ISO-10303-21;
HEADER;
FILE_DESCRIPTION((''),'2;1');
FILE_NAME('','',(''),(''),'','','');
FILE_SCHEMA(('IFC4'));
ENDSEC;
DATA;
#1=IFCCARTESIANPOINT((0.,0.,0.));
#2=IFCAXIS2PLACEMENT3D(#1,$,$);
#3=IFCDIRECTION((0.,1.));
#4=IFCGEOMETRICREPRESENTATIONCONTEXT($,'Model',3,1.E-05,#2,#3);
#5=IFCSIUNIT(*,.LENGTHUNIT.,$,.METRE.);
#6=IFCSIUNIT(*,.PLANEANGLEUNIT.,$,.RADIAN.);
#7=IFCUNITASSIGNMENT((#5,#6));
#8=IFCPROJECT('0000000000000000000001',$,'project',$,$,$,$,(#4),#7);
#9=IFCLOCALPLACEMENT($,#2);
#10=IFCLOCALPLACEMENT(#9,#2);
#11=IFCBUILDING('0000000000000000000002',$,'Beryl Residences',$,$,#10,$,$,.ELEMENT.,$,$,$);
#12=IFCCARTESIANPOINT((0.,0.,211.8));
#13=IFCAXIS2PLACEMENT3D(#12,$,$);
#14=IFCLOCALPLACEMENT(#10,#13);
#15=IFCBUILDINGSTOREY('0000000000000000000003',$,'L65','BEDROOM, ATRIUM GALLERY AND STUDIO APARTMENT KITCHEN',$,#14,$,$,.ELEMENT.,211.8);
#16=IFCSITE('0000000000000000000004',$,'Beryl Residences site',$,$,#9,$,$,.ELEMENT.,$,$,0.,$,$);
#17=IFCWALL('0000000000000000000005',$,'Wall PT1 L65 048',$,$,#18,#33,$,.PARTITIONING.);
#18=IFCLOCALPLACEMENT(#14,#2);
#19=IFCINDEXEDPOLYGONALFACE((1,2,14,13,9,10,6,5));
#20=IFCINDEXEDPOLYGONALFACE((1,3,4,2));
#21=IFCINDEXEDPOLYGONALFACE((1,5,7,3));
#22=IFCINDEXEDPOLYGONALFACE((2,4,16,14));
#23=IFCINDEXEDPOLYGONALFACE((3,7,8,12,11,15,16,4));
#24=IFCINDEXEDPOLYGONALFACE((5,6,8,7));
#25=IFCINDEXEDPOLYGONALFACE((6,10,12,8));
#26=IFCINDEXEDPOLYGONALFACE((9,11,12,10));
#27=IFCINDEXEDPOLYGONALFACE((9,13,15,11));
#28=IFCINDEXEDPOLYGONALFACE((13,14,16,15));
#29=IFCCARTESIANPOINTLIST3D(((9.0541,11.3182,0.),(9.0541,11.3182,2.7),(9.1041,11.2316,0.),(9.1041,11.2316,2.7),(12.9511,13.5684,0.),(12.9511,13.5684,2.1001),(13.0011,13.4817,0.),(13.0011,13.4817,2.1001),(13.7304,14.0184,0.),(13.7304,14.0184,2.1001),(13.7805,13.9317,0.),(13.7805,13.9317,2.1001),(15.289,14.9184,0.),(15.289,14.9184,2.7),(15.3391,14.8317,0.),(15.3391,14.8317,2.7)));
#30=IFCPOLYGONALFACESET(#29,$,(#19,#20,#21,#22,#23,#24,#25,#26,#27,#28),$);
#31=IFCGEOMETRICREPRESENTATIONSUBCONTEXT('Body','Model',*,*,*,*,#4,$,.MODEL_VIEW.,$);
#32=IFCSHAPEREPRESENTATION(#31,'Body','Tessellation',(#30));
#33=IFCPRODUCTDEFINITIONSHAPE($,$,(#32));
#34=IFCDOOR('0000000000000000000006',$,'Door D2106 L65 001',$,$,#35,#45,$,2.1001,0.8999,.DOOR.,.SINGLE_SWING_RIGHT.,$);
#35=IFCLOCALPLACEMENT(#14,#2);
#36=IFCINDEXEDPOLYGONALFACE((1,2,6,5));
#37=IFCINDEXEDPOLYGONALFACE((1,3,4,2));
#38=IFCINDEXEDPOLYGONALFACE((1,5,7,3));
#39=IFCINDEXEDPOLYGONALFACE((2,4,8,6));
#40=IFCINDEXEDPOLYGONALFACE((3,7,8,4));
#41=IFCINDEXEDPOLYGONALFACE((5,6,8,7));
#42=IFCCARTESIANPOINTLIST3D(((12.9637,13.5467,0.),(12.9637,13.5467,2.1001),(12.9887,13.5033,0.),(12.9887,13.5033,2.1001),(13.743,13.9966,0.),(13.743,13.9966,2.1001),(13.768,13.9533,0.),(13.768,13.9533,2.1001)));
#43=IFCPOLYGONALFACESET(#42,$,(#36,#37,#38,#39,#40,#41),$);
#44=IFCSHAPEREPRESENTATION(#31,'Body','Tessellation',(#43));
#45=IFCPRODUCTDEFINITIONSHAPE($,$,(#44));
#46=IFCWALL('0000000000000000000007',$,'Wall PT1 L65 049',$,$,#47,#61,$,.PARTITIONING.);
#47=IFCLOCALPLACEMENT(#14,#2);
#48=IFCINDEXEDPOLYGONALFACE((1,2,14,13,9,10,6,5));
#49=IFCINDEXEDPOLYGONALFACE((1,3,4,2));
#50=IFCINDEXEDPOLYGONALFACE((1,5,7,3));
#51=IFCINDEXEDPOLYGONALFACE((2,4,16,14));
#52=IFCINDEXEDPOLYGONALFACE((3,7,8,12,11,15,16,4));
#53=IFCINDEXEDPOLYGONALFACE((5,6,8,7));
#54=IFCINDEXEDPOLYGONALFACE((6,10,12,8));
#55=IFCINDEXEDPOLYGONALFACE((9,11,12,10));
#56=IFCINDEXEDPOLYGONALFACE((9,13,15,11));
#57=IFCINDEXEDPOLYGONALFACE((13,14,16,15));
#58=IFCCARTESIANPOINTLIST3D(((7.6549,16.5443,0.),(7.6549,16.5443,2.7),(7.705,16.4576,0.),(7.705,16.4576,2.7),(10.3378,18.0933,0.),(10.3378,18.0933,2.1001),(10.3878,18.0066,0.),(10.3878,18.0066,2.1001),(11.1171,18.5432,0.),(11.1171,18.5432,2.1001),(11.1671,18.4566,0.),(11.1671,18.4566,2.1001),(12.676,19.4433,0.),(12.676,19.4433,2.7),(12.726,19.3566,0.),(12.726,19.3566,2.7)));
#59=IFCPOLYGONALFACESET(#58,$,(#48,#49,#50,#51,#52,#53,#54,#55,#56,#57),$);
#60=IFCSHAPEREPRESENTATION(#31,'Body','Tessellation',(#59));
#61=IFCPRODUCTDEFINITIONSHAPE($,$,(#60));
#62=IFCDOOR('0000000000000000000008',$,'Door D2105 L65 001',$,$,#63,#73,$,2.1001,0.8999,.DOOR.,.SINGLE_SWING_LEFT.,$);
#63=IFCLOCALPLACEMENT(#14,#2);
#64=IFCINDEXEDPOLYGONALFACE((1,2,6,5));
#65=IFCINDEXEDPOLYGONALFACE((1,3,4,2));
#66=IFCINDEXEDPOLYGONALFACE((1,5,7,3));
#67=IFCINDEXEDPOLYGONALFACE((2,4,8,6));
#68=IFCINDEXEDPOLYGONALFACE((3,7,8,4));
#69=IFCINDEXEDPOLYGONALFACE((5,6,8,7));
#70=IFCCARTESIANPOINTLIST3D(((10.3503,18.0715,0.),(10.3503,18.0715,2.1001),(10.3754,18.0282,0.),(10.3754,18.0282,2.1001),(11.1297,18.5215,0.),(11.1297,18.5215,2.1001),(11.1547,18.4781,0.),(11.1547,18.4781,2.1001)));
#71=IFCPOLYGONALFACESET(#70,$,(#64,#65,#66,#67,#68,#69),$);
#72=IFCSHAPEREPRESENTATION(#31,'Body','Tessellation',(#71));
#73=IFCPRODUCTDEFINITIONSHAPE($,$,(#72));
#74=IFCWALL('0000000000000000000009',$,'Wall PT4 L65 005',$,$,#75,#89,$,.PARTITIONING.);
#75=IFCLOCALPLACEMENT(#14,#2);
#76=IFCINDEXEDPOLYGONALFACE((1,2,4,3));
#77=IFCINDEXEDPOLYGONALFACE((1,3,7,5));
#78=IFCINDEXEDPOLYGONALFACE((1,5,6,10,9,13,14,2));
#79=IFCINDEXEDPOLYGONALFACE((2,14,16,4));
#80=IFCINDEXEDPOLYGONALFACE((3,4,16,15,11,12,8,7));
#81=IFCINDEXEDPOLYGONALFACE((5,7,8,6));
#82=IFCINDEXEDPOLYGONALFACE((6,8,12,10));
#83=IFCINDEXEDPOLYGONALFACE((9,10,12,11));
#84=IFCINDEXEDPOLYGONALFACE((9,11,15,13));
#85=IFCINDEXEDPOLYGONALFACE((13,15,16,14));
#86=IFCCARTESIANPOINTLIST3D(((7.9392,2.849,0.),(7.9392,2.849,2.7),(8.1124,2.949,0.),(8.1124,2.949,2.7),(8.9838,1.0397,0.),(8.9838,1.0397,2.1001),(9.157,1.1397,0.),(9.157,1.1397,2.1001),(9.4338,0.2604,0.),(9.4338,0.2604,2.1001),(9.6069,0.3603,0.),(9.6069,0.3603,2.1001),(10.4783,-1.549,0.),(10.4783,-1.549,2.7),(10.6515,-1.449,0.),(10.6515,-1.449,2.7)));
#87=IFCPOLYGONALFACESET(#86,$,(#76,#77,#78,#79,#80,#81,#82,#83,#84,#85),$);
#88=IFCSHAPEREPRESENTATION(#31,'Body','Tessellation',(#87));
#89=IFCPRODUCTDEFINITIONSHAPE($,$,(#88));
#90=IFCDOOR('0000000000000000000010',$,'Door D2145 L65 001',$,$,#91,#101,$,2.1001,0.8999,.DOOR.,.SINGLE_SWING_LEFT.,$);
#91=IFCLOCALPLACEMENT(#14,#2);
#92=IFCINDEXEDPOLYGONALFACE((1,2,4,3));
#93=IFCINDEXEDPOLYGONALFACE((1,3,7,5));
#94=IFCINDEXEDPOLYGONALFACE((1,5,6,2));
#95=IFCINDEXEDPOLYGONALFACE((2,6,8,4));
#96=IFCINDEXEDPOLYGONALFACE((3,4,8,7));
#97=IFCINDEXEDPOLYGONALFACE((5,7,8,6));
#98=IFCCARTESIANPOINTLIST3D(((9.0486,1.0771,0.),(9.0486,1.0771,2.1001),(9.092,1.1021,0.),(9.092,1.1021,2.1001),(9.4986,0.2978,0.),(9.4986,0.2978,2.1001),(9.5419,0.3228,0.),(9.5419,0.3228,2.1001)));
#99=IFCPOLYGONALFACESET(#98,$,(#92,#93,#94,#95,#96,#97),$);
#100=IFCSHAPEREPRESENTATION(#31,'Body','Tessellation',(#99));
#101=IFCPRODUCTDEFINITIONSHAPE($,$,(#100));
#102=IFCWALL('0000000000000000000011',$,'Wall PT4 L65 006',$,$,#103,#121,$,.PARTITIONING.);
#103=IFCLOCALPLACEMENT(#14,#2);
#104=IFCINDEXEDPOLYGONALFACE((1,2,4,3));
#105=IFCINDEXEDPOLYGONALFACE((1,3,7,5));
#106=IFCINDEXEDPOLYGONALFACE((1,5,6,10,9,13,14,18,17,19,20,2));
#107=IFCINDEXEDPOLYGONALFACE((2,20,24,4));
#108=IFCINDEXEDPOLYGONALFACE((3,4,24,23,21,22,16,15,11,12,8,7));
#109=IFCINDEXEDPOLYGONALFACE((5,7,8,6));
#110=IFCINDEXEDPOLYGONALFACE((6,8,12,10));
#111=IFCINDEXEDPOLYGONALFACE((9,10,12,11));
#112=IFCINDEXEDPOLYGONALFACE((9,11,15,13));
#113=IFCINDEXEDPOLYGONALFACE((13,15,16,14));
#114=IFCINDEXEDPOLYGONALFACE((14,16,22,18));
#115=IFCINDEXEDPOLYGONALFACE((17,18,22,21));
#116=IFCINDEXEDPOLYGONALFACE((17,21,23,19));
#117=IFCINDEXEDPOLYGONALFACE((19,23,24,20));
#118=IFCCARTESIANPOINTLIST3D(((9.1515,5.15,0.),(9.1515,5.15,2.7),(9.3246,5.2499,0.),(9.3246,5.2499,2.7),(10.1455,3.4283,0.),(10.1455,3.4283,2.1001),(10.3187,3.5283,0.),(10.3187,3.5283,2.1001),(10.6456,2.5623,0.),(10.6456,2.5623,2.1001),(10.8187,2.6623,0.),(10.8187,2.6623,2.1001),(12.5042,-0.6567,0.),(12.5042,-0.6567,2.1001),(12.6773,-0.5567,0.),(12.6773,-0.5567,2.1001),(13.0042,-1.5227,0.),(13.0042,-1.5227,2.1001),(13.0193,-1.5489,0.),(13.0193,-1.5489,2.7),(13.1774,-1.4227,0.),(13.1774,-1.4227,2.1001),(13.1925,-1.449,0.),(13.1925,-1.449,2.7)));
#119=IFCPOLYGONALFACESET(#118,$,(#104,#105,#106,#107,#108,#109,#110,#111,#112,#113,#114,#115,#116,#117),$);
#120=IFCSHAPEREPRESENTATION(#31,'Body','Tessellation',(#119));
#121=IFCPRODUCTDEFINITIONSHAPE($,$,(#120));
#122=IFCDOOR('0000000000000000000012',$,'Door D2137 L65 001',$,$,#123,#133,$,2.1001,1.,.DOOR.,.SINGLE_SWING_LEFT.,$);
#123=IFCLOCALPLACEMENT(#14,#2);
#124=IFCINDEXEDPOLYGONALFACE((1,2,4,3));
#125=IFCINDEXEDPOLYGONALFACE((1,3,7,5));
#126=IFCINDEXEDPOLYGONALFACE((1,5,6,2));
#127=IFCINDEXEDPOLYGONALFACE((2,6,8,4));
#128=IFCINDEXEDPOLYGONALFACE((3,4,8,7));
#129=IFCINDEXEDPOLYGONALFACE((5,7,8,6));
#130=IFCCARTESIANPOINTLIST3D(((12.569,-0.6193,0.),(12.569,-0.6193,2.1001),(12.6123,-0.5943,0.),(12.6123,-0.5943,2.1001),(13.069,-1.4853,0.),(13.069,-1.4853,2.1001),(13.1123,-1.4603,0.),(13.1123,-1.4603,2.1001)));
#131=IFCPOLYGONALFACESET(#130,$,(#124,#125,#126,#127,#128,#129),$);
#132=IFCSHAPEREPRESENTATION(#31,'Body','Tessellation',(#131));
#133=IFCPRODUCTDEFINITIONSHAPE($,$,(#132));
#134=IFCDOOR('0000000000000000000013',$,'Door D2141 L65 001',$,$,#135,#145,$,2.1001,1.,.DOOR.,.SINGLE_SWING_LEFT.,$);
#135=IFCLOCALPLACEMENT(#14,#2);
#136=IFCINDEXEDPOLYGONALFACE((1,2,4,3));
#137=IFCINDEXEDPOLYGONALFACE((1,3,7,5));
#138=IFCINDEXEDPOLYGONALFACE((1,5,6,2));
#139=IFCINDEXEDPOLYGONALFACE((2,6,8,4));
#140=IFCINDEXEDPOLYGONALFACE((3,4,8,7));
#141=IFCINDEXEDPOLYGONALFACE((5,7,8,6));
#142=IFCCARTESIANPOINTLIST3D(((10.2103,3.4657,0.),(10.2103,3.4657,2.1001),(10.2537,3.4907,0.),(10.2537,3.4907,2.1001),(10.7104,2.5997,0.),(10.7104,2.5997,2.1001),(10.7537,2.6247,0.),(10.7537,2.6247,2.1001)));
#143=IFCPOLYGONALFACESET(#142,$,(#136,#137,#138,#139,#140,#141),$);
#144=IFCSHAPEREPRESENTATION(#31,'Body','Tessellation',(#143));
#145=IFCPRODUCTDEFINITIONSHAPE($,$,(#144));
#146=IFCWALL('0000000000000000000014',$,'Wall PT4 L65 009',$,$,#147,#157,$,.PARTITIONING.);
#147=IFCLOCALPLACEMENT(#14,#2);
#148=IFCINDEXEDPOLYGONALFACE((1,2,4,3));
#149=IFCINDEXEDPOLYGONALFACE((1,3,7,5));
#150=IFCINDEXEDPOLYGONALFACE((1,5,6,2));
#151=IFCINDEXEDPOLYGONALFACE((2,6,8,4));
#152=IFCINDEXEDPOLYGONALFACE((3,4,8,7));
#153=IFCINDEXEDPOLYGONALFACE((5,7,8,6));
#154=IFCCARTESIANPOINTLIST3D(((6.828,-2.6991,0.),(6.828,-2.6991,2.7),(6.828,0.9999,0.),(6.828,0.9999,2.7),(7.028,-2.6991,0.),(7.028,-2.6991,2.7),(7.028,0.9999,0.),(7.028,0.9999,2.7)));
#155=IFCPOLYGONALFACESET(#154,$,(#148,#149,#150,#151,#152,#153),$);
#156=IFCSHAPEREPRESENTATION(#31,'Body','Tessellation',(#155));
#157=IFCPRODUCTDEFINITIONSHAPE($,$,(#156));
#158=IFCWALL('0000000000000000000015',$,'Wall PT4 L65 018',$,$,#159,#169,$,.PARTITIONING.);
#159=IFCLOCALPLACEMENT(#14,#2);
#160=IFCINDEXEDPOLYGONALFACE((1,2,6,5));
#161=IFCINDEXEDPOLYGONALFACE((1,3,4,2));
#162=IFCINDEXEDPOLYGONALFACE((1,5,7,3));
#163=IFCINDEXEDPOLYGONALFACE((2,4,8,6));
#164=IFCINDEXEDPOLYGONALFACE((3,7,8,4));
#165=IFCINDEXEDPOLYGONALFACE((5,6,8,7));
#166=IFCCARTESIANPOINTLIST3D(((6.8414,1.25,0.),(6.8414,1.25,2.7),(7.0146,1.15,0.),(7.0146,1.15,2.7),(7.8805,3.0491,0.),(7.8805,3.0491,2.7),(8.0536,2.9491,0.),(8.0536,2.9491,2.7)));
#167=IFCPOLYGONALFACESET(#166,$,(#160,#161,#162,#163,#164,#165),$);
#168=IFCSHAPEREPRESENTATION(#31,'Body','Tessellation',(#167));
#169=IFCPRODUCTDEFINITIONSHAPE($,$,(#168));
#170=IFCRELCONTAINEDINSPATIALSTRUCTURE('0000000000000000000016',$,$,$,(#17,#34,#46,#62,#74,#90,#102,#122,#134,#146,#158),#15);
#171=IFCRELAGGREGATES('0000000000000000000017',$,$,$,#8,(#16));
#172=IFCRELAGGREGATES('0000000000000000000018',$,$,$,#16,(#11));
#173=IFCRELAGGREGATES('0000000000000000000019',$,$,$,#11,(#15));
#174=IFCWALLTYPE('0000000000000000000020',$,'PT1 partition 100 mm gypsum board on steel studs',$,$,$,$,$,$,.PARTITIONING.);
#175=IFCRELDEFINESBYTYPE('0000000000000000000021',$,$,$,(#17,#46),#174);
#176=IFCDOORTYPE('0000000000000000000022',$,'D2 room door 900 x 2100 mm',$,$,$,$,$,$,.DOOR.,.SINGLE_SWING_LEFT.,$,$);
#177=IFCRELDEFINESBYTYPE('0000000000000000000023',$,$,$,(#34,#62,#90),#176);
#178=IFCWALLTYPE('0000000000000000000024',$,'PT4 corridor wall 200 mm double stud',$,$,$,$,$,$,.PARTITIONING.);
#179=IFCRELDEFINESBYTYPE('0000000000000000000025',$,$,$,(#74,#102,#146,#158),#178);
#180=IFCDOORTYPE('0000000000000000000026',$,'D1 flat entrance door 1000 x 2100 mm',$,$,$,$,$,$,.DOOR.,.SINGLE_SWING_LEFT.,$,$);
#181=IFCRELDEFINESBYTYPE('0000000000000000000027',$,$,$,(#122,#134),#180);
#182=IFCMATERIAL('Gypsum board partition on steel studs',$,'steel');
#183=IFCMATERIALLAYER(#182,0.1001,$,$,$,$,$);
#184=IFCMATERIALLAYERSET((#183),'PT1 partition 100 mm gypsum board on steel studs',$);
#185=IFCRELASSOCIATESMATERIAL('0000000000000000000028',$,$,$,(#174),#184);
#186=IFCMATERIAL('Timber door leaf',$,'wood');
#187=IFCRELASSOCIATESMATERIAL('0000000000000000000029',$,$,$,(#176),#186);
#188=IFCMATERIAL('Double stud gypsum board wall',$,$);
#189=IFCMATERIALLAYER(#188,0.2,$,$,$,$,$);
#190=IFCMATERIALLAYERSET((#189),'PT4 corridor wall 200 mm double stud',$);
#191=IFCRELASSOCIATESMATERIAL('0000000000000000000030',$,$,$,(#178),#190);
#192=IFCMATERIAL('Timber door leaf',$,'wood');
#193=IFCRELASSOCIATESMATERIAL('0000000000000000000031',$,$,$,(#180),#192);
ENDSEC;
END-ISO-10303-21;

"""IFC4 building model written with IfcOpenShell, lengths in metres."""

from ifc_helpers import new_model, si_unit, direction, frame, frame_2d, origin, place, context, subcontext, project, spatial, rectangle, extrude, material, layer, layer_set, type_object, element, fill, save


model = new_model("IFC4")

# Units and contexts
model_context = context("Model", 3, precision=1e-05, world=origin(), true_north=direction((0.0, 1.0)))
body_context = subcontext(model_context, "Body", "Model", "MODEL_VIEW")
ifc_project = project(units=[si_unit("LENGTHUNIT", "METRE"), si_unit("PLANEANGLEUNIT", "RADIAN")], contexts=[model_context])

# Site, building, storey
site_placement = place(None, origin())
site = spatial("IfcSite", under=ifc_project, at=site_placement, Name="Beryl Residences site", CompositionType="ELEMENT", RefElevation=0.0)
building_placement = place(site_placement, origin())
building = spatial("IfcBuilding", under=site, at=building_placement, Name="Beryl Residences", CompositionType="ELEMENT")
storey_placement = place(building_placement, frame((0.0, 0.0, 211.8)))
storey = spatial("IfcBuildingStorey", under=building, at=storey_placement, Name="L65", Description="BEDROOM, ATRIUM GALLERY AND STUDIO APARTMENT KITCHEN", CompositionType="ELEMENT", Elevation=211.8)

# Shared definitions
ifc_material_1 = material(Name="Gypsum board partition on steel studs", Category="steel")
ifc_layer_1 = layer(ifc_material_1, 0.1001)
ifc_layer_set_1 = layer_set([ifc_layer_1], Name="PT1 partition 100 mm gypsum board on steel studs")
wall_type_1 = type_object("IfcWallType", Name="PT1 partition 100 mm gypsum board on steel studs", PredefinedType="PARTITIONING", material=ifc_layer_set_1)

# Walls, openings, doors
ifc_material_2 = material(Name="Timber door leaf", Category="wood")
door_type_1 = type_object("IfcDoorType", Name="D2 room door 900 x 2100 mm", OperationType="SINGLE_SWING_LEFT", PredefinedType="DOOR", material=ifc_material_2)
wall_1_placement = place(storey_placement, frame((9.0791, 11.2749, 0.0), z_axis=(0.0, 0.0, 1.0), x_axis=(0.866001, 0.500041, 0.0)))
wall_1 = element("IfcWall", 1, at=wall_1_placement, inside=storey, type_object=wall_type_1, Name="Wall PT1 L65 048", PredefinedType="PARTITIONING", context=body_context, shape_type="SweptSolid", body=[
    extrude(rectangle(XDim=7.1997, YDim=0.1001, at=frame_2d((3.5999, 0.0))), origin(), (0.0, 0.0, 1.0), 2.7),
])
opening_1_placement = place(wall_1_placement, frame((4.5, 0.0, 0.0)))
opening_1 = element("IfcOpeningElement", 2, at=opening_1_placement, cuts=wall_1, PredefinedType="OPENING", context=body_context, shape_type="SweptSolid", body=[
    extrude(rectangle(XDim=0.8999, YDim=2.1001, at=frame_2d((0.45, 1.05))), frame((0.0, 0.0601, 0.0), z_axis=(0.0, -1.0, 0.0), x_axis=(1.0, 0.0, 0.0)), (0.0, 0.0, 1.0), 0.1201),
])
door_1_placement = place(opening_1_placement, origin())
door_1 = element("IfcDoor", 3, at=door_1_placement, inside=storey, type_object=door_type_1, Name="Door D2106 L65 001", OperationType="SINGLE_SWING_RIGHT", OverallHeight=2.1001, OverallWidth=0.8999, PredefinedType="DOOR", context=body_context, shape_type="SweptSolid", body=[
    extrude(rectangle(XDim=0.8999, YDim=2.1001, at=frame_2d((0.45, 1.05))), frame((0.0, 0.0249, 0.0), z_axis=(0.0, -1.0, 0.0), x_axis=(1.0, 0.0, 0.0)), (0.0, 0.0, 1.0), 0.05),
])
fill(opening_1, door_1)
wall_2_placement = place(storey_placement, frame((7.6799, 16.501, 0.0), z_axis=(0.0, 0.0, 1.0), x_axis=(0.866021, 0.500007, 0.0)))
wall_2 = element("IfcWall", 4, at=wall_2_placement, inside=storey, type_object=wall_type_1, Name="Wall PT1 L65 049", PredefinedType="PARTITIONING", context=body_context, shape_type="SweptSolid", body=[
    extrude(rectangle(XDim=5.7979, YDim=0.1001, at=frame_2d((2.8989, 0.0))), origin(), (0.0, 0.0, 1.0), 2.7),
])
opening_2_placement = place(wall_2_placement, frame((3.0979, 0.0, 0.0)))
opening_2 = element("IfcOpeningElement", 5, at=opening_2_placement, cuts=wall_2, PredefinedType="OPENING", context=body_context, shape_type="SweptSolid", body=[
    extrude(rectangle(XDim=0.8999, YDim=2.1001, at=frame_2d((0.45, 1.05))), frame((0.0, 0.0601, 0.0), z_axis=(0.0, -1.0, 0.0), x_axis=(1.0, 0.0, 0.0)), (0.0, 0.0, 1.0), 0.1201),
])
door_2_placement = place(opening_2_placement, origin())
door_2 = element("IfcDoor", 6, at=door_2_placement, inside=storey, type_object=door_type_1, Name="Door D2105 L65 001", OperationType="SINGLE_SWING_LEFT", OverallHeight=2.1001, OverallWidth=0.8999, PredefinedType="DOOR", context=body_context, shape_type="SweptSolid", body=[
    extrude(rectangle(XDim=0.8999, YDim=2.1001, at=frame_2d((0.45, 1.05))), frame((0.0, 0.0249, 0.0), z_axis=(0.0, -1.0, 0.0), x_axis=(1.0, 0.0, 0.0)), (0.0, 0.0, 1.0), 0.05),
])
fill(opening_2, door_2)
ifc_material_3 = material(Name="Double stud gypsum board wall")
ifc_layer_2 = layer(ifc_material_3, 0.2)
ifc_layer_set_2 = layer_set([ifc_layer_2], Name="PT4 corridor wall 200 mm double stud")
wall_type_2 = type_object("IfcWallType", Name="PT4 corridor wall 200 mm double stud", PredefinedType="PARTITIONING", material=ifc_layer_set_2)
wall_3_placement = place(storey_placement, frame((8.0259, 2.8989, 0.0), z_axis=(0.0, 0.0, 1.0), x_axis=(0.499986, -0.866033, 0.0)))
wall_3 = element("IfcWall", 7, at=wall_3_placement, inside=storey, type_object=wall_type_2, Name="Wall PT4 L65 005", PredefinedType="PARTITIONING", context=body_context, shape_type="SweptSolid", body=[
    extrude(rectangle(XDim=5.0784, YDim=0.2, at=frame_2d((2.5391, 0.0))), origin(), (0.0, 0.0, 1.0), 2.7),
])
opening_3_placement = place(wall_3_placement, frame((2.0891, 0.0, 0.0)))
opening_3 = element("IfcOpeningElement", 8, at=opening_3_placement, cuts=wall_3, PredefinedType="OPENING", context=body_context, shape_type="SweptSolid", body=[
    extrude(rectangle(XDim=0.8999, YDim=2.1001, at=frame_2d((0.45, 1.05))), frame((0.0, 0.1099, 0.0), z_axis=(0.0, -1.0, 0.0), x_axis=(1.0, 0.0, 0.0)), (0.0, 0.0, 1.0), 0.22),
])
door_3_placement = place(opening_3_placement, origin())
door_3 = element("IfcDoor", 9, at=door_3_placement, inside=storey, type_object=door_type_1, Name="Door D2145 L65 001", OperationType="SINGLE_SWING_LEFT", OverallHeight=2.1001, OverallWidth=0.8999, PredefinedType="DOOR", context=body_context, shape_type="SweptSolid", body=[
    extrude(rectangle(XDim=0.8999, YDim=2.1001, at=frame_2d((0.45, 1.05))), frame((0.0, 0.0249, 0.0), z_axis=(0.0, -1.0, 0.0), x_axis=(1.0, 0.0, 0.0)), (0.0, 0.0, 1.0), 0.05),
])
fill(opening_3, door_3)

# Wall, openings, doors
wall_4_placement = place(storey_placement, frame((9.238, 5.2, 0.0), z_axis=(0.0, 0.0, 1.0), x_axis=(0.500026, -0.866011, 0.0)))
wall_4 = element("IfcWall", 10, at=wall_4_placement, inside=storey, type_object=wall_type_2, Name="Wall PT4 L65 006", PredefinedType="PARTITIONING", context=body_context, shape_type="SweptSolid", body=[
    extrude(rectangle(XDim=7.7354, YDim=0.2, at=frame_2d((3.8677, 0.0))), origin(), (0.0, 0.0, 1.0), 2.7),
])
opening_4_placement = place(wall_4_placement, frame((6.7051, 0.0, 0.0)))
opening_4 = element("IfcOpeningElement", 11, at=opening_4_placement, cuts=wall_4, PredefinedType="OPENING", context=body_context, shape_type="SweptSolid", body=[
    extrude(rectangle(XDim=1.0, YDim=2.1001, at=frame_2d((0.5, 1.05))), frame((0.0, 0.1099, 0.0), z_axis=(0.0, -1.0, 0.0), x_axis=(1.0, 0.0, 0.0)), (0.0, 0.0, 1.0), 0.22),
])
opening_5_placement = place(wall_4_placement, frame((1.988, 0.0, 0.0)))
opening_5 = element("IfcOpeningElement", 12, at=opening_5_placement, cuts=wall_4, PredefinedType="OPENING", context=body_context, shape_type="SweptSolid", body=[
    extrude(rectangle(XDim=1.0, YDim=2.1001, at=frame_2d((0.5, 1.05))), frame((0.0, 0.1099, 0.0), z_axis=(0.0, -1.0, 0.0), x_axis=(1.0, 0.0, 0.0)), (0.0, 0.0, 1.0), 0.22),
])
ifc_material_4 = material(Name="Timber door leaf", Category="wood")
door_type_2 = type_object("IfcDoorType", Name="D1 flat entrance door 1000 x 2100 mm", OperationType="SINGLE_SWING_LEFT", PredefinedType="DOOR", material=ifc_material_4)
door_4_placement = place(opening_4_placement, origin())
door_4 = element("IfcDoor", 13, at=door_4_placement, inside=storey, type_object=door_type_2, Name="Door D2137 L65 001", OperationType="SINGLE_SWING_LEFT", OverallHeight=2.1001, OverallWidth=1.0, PredefinedType="DOOR", context=body_context, shape_type="SweptSolid", body=[
    extrude(rectangle(XDim=1.0, YDim=2.1001, at=frame_2d((0.5, 1.05))), frame((0.0, 0.0249, 0.0), z_axis=(0.0, -1.0, 0.0), x_axis=(1.0, 0.0, 0.0)), (0.0, 0.0, 1.0), 0.05),
])
fill(opening_4, door_4)
door_5_placement = place(opening_5_placement, origin())
door_5 = element("IfcDoor", 14, at=door_5_placement, inside=storey, type_object=door_type_2, Name="Door D2141 L65 001", OperationType="SINGLE_SWING_LEFT", OverallHeight=2.1001, OverallWidth=1.0, PredefinedType="DOOR", context=body_context, shape_type="SweptSolid", body=[
    extrude(rectangle(XDim=1.0, YDim=2.1001, at=frame_2d((0.5, 1.05))), frame((0.0, 0.0249, 0.0), z_axis=(0.0, -1.0, 0.0), x_axis=(1.0, 0.0, 0.0)), (0.0, 0.0, 1.0), 0.05),
])
fill(opening_5, door_5)

# Walls
wall_5_placement = place(storey_placement, frame((6.928, 1.0, 0.0), z_axis=(0.0, 0.0, 1.0), x_axis=(0.0, -1.0, 0.0)))
element("IfcWall", 15, at=wall_5_placement, inside=storey, type_object=wall_type_2, Name="Wall PT4 L65 009", PredefinedType="PARTITIONING", context=body_context, shape_type="SweptSolid", body=[
    extrude(rectangle(XDim=3.699, YDim=0.2, at=frame_2d((1.8496, 0.0))), origin(), (0.0, 0.0, 1.0), 2.7),
])
wall_6_placement = place(storey_placement, frame((6.928, 1.2, 0.0), z_axis=(0.0, 0.0, 1.0), x_axis=(0.500133, 0.865949, 0.0)))
element("IfcWall", 16, at=wall_6_placement, inside=storey, type_object=wall_type_2, Name="Wall PT4 L65 018", PredefinedType="PARTITIONING", context=body_context, shape_type="SweptSolid", body=[
    extrude(rectangle(XDim=2.0776, YDim=0.2, at=frame_2d((1.0388, 0.0))), origin(), (0.0, 0.0, 1.0), 2.7),
])

save(model, "model.ifc")
